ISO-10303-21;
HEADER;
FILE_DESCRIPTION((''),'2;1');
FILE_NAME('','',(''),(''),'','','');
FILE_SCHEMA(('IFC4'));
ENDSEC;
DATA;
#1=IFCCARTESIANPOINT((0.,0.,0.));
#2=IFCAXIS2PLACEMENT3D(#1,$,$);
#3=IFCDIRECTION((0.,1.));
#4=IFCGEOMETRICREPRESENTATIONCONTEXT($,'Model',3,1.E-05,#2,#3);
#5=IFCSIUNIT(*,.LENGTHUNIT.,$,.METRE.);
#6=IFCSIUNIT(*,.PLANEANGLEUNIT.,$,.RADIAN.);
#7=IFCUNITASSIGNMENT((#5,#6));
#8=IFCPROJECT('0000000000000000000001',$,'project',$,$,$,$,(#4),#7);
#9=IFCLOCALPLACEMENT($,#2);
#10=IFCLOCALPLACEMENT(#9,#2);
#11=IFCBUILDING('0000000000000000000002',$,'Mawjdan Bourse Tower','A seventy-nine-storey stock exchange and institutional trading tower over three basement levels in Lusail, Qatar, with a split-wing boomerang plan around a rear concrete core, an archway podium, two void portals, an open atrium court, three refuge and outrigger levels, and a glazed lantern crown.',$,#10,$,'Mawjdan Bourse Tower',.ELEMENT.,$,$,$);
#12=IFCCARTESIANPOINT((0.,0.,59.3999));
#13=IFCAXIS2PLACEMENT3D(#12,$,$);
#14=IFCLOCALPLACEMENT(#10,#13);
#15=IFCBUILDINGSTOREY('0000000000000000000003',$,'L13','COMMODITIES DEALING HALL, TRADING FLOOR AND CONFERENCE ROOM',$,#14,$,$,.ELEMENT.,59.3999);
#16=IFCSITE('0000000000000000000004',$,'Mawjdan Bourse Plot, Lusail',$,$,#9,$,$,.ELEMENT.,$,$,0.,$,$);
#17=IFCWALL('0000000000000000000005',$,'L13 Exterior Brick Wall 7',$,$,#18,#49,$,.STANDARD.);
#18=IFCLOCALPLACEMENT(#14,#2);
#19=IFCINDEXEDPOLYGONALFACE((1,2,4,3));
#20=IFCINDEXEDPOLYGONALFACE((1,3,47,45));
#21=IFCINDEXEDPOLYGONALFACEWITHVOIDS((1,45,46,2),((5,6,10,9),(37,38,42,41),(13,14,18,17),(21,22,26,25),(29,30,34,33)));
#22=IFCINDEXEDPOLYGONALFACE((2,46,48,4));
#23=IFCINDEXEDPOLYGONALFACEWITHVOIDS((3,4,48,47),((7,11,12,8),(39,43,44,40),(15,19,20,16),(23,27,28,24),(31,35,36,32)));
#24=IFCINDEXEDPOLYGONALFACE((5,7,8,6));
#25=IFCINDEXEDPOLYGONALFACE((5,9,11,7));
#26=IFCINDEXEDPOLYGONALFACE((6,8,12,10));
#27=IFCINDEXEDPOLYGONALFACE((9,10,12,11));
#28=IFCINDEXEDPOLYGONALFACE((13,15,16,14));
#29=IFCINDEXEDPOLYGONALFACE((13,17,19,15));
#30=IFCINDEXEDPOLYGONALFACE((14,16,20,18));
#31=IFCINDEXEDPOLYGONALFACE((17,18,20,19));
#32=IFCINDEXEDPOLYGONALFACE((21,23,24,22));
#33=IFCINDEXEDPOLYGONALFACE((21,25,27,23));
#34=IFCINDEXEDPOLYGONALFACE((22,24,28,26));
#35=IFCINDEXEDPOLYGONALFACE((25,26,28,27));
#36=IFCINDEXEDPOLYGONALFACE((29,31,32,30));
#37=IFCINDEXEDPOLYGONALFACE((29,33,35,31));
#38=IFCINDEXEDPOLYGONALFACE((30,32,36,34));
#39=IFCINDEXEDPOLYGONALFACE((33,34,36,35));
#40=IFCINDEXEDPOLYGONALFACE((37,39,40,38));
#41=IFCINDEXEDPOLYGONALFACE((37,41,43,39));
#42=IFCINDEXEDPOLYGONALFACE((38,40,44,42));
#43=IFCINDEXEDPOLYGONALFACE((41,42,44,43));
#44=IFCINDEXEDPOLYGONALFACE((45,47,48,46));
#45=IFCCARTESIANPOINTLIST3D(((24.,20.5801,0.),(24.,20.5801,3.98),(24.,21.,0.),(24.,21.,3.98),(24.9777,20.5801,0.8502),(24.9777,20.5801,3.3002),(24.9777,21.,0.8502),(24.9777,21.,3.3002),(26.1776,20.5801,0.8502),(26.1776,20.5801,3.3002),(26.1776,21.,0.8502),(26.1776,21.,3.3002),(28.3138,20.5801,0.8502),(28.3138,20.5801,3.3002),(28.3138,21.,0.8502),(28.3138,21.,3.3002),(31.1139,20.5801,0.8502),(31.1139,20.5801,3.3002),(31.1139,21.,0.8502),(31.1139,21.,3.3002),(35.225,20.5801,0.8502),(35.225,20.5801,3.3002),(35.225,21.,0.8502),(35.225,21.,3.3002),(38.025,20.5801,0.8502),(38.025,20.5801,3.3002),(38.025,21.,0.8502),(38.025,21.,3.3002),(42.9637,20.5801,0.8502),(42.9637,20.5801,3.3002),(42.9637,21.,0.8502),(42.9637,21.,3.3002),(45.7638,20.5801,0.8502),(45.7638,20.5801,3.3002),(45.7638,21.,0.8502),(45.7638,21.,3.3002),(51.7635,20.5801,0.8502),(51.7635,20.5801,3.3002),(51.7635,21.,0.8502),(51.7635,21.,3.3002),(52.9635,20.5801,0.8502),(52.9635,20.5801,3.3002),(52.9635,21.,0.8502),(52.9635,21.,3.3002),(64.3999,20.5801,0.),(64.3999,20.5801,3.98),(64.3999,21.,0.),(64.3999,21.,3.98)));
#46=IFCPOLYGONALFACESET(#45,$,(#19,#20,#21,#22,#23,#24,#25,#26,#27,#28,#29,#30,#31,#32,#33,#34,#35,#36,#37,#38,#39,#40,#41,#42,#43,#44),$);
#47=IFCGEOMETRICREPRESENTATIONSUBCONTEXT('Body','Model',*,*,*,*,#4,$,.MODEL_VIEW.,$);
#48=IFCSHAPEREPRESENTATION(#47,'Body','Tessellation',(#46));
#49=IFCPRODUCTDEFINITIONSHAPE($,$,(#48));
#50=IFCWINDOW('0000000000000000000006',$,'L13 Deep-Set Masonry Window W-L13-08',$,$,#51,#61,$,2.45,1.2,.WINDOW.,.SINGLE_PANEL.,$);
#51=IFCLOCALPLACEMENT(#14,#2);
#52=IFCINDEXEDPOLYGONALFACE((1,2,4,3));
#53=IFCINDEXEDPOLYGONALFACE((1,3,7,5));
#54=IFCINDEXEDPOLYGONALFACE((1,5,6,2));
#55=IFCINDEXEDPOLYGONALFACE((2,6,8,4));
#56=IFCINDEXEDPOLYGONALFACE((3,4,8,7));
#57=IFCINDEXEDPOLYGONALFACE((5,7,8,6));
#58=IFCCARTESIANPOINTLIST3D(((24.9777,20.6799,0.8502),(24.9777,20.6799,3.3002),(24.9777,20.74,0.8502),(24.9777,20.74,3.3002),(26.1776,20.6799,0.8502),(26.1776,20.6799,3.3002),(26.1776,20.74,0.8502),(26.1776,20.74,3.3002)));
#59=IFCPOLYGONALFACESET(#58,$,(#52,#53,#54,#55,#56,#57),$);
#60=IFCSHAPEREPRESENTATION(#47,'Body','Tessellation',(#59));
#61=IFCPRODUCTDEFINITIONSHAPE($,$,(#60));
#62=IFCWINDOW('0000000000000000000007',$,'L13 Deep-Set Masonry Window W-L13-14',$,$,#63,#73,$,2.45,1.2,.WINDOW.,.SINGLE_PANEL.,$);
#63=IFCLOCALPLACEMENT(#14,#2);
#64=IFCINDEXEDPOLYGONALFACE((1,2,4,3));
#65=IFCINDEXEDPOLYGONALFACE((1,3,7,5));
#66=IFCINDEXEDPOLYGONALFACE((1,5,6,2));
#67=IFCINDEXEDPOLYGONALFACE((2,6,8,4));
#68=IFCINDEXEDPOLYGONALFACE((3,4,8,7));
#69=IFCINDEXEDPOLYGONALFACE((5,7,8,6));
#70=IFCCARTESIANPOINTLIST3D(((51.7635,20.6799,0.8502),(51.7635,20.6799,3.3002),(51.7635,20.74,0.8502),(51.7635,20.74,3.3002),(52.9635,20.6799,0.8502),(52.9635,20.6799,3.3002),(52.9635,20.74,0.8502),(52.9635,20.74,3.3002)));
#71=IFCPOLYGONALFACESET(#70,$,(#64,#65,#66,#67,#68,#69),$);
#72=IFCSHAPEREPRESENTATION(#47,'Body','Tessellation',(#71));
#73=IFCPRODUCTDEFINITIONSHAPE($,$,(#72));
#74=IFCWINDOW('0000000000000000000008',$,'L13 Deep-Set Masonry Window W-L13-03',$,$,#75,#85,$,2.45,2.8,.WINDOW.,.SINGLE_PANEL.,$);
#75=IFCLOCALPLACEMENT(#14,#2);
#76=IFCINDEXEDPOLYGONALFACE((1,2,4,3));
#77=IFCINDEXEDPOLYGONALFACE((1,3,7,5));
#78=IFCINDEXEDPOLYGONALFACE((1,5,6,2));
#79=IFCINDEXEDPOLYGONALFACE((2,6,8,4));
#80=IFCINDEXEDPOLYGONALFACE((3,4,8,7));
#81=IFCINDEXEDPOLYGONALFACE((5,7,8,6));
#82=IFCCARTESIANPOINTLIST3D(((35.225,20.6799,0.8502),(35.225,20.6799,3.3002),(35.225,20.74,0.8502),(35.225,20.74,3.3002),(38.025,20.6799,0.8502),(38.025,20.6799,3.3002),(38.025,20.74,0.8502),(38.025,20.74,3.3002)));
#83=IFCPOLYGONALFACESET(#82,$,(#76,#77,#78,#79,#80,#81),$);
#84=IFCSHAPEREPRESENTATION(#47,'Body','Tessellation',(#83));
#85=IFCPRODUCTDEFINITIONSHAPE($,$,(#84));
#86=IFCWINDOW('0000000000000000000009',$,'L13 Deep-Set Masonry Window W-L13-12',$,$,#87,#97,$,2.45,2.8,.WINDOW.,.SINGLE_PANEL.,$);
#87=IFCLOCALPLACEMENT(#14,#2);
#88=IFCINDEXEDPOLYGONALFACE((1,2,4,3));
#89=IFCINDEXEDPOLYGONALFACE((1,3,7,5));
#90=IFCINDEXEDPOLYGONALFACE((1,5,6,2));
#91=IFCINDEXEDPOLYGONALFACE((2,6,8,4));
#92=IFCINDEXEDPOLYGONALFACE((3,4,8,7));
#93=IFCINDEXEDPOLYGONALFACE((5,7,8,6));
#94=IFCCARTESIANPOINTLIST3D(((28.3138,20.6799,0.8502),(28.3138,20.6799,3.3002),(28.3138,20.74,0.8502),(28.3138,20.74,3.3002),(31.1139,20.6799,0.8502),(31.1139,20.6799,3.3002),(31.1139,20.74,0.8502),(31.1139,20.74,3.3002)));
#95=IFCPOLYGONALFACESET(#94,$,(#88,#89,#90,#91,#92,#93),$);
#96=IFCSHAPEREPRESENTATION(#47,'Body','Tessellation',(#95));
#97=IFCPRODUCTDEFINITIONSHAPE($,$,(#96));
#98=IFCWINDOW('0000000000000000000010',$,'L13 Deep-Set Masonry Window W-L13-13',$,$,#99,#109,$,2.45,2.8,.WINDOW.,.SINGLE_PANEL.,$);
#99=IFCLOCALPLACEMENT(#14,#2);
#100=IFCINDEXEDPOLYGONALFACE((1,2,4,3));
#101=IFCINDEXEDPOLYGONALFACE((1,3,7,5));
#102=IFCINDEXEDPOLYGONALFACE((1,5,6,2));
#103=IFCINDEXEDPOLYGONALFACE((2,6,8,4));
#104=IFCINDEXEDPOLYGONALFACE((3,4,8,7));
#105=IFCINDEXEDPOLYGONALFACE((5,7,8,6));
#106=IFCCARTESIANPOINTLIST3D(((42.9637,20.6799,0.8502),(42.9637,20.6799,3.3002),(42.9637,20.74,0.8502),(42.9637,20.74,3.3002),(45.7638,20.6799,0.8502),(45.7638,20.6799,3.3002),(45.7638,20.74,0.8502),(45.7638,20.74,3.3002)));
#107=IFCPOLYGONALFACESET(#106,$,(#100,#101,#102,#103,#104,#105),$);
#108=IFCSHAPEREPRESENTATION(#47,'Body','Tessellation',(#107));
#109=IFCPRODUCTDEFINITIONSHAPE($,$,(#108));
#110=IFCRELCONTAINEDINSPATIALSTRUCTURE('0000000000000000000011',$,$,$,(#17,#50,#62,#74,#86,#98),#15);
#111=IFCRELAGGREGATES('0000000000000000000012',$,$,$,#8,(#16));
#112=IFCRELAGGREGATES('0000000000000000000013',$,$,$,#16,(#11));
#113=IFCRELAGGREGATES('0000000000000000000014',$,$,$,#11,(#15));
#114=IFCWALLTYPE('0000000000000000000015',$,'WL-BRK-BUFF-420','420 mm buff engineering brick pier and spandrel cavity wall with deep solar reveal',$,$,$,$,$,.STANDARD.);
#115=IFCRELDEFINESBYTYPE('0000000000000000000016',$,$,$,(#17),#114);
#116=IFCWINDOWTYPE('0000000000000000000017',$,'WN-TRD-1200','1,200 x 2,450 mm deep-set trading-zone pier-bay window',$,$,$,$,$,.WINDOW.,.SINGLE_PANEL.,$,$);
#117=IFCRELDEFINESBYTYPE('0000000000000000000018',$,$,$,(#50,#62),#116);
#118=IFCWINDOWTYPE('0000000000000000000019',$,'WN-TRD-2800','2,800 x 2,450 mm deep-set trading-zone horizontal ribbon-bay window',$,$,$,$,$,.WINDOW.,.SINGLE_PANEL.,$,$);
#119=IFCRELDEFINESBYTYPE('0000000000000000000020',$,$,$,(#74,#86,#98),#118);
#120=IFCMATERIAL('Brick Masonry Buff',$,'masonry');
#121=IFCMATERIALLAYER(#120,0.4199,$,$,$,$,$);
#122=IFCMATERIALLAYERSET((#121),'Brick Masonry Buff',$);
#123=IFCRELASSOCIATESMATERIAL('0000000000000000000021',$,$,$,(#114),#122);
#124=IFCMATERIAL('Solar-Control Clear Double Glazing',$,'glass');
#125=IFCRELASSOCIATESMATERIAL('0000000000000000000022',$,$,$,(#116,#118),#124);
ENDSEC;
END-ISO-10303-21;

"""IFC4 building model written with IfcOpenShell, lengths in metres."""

from ifc_helpers import new_model, si_unit, direction, frame, frame_2d, origin, place, context, subcontext, project, spatial, rectangle, extrude, material, layer, layer_set, type_object, element, fill, save


model = new_model("IFC4")

# Units and contexts
model_context = context("Model", 3, precision=1e-05, world=origin(), true_north=direction((0.0, 1.0)))
body_context = subcontext(model_context, "Body", "Model", "MODEL_VIEW")
ifc_project = project(units=[si_unit("LENGTHUNIT", "METRE"), si_unit("PLANEANGLEUNIT", "RADIAN")], contexts=[model_context])

# Site, building, storey
site_placement = place(None, origin())
site = spatial("IfcSite", under=ifc_project, at=site_placement, Name="Mawjdan Bourse Plot, Lusail", CompositionType="ELEMENT", RefElevation=0.0)
building_placement = place(site_placement, origin())
building = spatial("IfcBuilding", under=site, at=building_placement, Name="Mawjdan Bourse Tower", Description="A seventy-nine-storey stock exchange and institutional trading tower over three basement levels in Lusail, Qatar, with a split-wing boomerang plan around a rear concrete core, an archway podium, two void portals, an open atrium court, three refuge and outrigger levels, and a glazed lantern crown.", LongName="Mawjdan Bourse Tower", CompositionType="ELEMENT")
storey_placement = place(building_placement, frame((0.0, 0.0, 59.3999)))
storey = spatial("IfcBuildingStorey", under=building, at=storey_placement, Name="L13", Description="COMMODITIES DEALING HALL, TRADING FLOOR AND CONFERENCE ROOM", CompositionType="ELEMENT", Elevation=59.3999)

# Shared definitions
ifc_material_1 = material(Name="Brick Masonry Buff", Category="masonry")
ifc_layer = layer(ifc_material_1, 0.4199)
ifc_layer_set = layer_set([ifc_layer], Name="Brick Masonry Buff")
wall_type = type_object("IfcWallType", Name="WL-BRK-BUFF-420", Description="420 mm buff engineering brick pier and spandrel cavity wall with deep solar reveal", PredefinedType="STANDARD", material=ifc_layer_set)

# Wall, openings, windows
wall_placement = place(storey_placement, frame((64.3999, 20.79, 0.0), z_axis=(0.0, 0.0, 1.0), x_axis=(-1.0, 0.0, 0.0)))
wall = element("IfcWall", 1, at=wall_placement, inside=storey, type_object=wall_type, Name="L13 Exterior Brick Wall 7", PredefinedType="STANDARD", context=body_context, shape_type="SweptSolid", body=[
    extrude(rectangle(XDim=40.3999, YDim=0.4199, at=frame_2d((20.2, 0.0))), origin(), (0.0, 0.0, 1.0), 3.98),
])
opening_1_placement = place(wall_placement, frame((26.375, 0.0, 0.8501)))
opening_1 = element("IfcOpeningElement", 2, at=opening_1_placement, cuts=wall, PredefinedType="OPENING", context=body_context, shape_type="SweptSolid", body=[
    extrude(rectangle(XDim=2.8, YDim=2.45, at=frame_2d((1.3999, 1.2251))), frame((0.0, 0.22, 0.0), z_axis=(0.0, -1.0, 0.0), x_axis=(1.0, 0.0, 0.0)), (0.0, 0.0, 1.0), 0.4399),
])
opening_2_placement = place(wall_placement, frame((38.2222, 0.0, 0.8501)))
opening_2 = element("IfcOpeningElement", 3, at=opening_2_placement, cuts=wall, PredefinedType="OPENING", context=body_context, shape_type="SweptSolid", body=[
    extrude(rectangle(XDim=1.2, YDim=2.45, at=frame_2d((0.6001, 1.2251))), frame((0.0, 0.22, 0.0), z_axis=(0.0, -1.0, 0.0), x_axis=(1.0, 0.0, 0.0)), (0.0, 0.0, 1.0), 0.4399),
])
opening_3_placement = place(wall_placement, frame((33.2861, 0.0, 0.8501)))
opening_3 = element("IfcOpeningElement", 4, at=opening_3_placement, cuts=wall, PredefinedType="OPENING", context=body_context, shape_type="SweptSolid", body=[
    extrude(rectangle(XDim=2.8, YDim=2.45, at=frame_2d((1.3999, 1.2251))), frame((0.0, 0.22, 0.0), z_axis=(0.0, -1.0, 0.0), x_axis=(1.0, 0.0, 0.0)), (0.0, 0.0, 1.0), 0.4399),
])
opening_4_placement = place(wall_placement, frame((18.6362, 0.0, 0.8501)))
opening_4 = element("IfcOpeningElement", 5, at=opening_4_placement, cuts=wall, PredefinedType="OPENING", context=body_context, shape_type="SweptSolid", body=[
    extrude(rectangle(XDim=2.8, YDim=2.45, at=frame_2d((1.3999, 1.2251))), frame((0.0, 0.22, 0.0), z_axis=(0.0, -1.0, 0.0), x_axis=(1.0, 0.0, 0.0)), (0.0, 0.0, 1.0), 0.4399),
])
opening_5_placement = place(wall_placement, frame((11.4363, 0.0, 0.8501)))
opening_5 = element("IfcOpeningElement", 6, at=opening_5_placement, cuts=wall, PredefinedType="OPENING", context=body_context, shape_type="SweptSolid", body=[
    extrude(rectangle(XDim=1.2, YDim=2.45, at=frame_2d((0.6001, 1.2251))), frame((0.0, 0.22, 0.0), z_axis=(0.0, -1.0, 0.0), x_axis=(1.0, 0.0, 0.0)), (0.0, 0.0, 1.0), 0.4399),
])
ifc_material_2 = material(Name="Solar-Control Clear Double Glazing", Category="glass")
window_type_1 = type_object("IfcWindowType", Name="WN-TRD-1200", Description="1,200 x 2,450 mm deep-set trading-zone pier-bay window", PartitioningType="SINGLE_PANEL", PredefinedType="WINDOW", material=ifc_material_2)
window_1_placement = place(opening_2_placement, origin())
window_1 = element("IfcWindow", 7, at=window_1_placement, inside=storey, type_object=window_type_1, Name="L13 Deep-Set Masonry Window W-L13-08", OverallHeight=2.45, OverallWidth=1.2, PartitioningType="SINGLE_PANEL", PredefinedType="WINDOW", context=body_context, shape_type="SweptSolid", body=[
    extrude(rectangle(XDim=1.2, YDim=2.45, at=frame_2d((0.6001, 1.2251))), frame((0.0, 0.1101, 0.0), z_axis=(0.0, -1.0, 0.0), x_axis=(1.0, 0.0, 0.0)), (0.0, 0.0, 1.0), 0.0601),
])
fill(opening_2, window_1)
window_2_placement = place(opening_5_placement, origin())
window_2 = element("IfcWindow", 8, at=window_2_placement, inside=storey, type_object=window_type_1, Name="L13 Deep-Set Masonry Window W-L13-14", OverallHeight=2.45, OverallWidth=1.2, PartitioningType="SINGLE_PANEL", PredefinedType="WINDOW", context=body_context, shape_type="SweptSolid", body=[
    extrude(rectangle(XDim=1.2, YDim=2.45, at=frame_2d((0.6001, 1.2251))), frame((0.0, 0.1101, 0.0), z_axis=(0.0, -1.0, 0.0), x_axis=(1.0, 0.0, 0.0)), (0.0, 0.0, 1.0), 0.0601),
])
fill(opening_5, window_2)
window_type_2 = type_object("IfcWindowType", Name="WN-TRD-2800", Description="2,800 x 2,450 mm deep-set trading-zone horizontal ribbon-bay window", PartitioningType="SINGLE_PANEL", PredefinedType="WINDOW", material=ifc_material_2)
window_3_placement = place(opening_1_placement, origin())
window_3 = element("IfcWindow", 9, at=window_3_placement, inside=storey, type_object=window_type_2, Name="L13 Deep-Set Masonry Window W-L13-03", OverallHeight=2.45, OverallWidth=2.8, PartitioningType="SINGLE_PANEL", PredefinedType="WINDOW", context=body_context, shape_type="SweptSolid", body=[
    extrude(rectangle(XDim=2.8, YDim=2.45, at=frame_2d((1.3999, 1.2251))), frame((0.0, 0.1101, 0.0), z_axis=(0.0, -1.0, 0.0), x_axis=(1.0, 0.0, 0.0)), (0.0, 0.0, 1.0), 0.0601),
])
fill(opening_1, window_3)
window_4_placement = place(opening_3_placement, origin())
window_4 = element("IfcWindow", 10, at=window_4_placement, inside=storey, type_object=window_type_2, Name="L13 Deep-Set Masonry Window W-L13-12", OverallHeight=2.45, OverallWidth=2.8, PartitioningType="SINGLE_PANEL", PredefinedType="WINDOW", context=body_context, shape_type="SweptSolid", body=[
    extrude(rectangle(XDim=2.8, YDim=2.45, at=frame_2d((1.3999, 1.2251))), frame((0.0, 0.1101, 0.0), z_axis=(0.0, -1.0, 0.0), x_axis=(1.0, 0.0, 0.0)), (0.0, 0.0, 1.0), 0.0601),
])
fill(opening_3, window_4)
window_5_placement = place(opening_4_placement, origin())
window_5 = element("IfcWindow", 11, at=window_5_placement, inside=storey, type_object=window_type_2, Name="L13 Deep-Set Masonry Window W-L13-13", OverallHeight=2.45, OverallWidth=2.8, PartitioningType="SINGLE_PANEL", PredefinedType="WINDOW", context=body_context, shape_type="SweptSolid", body=[
    extrude(rectangle(XDim=2.8, YDim=2.45, at=frame_2d((1.3999, 1.2251))), frame((0.0, 0.1101, 0.0), z_axis=(0.0, -1.0, 0.0), x_axis=(1.0, 0.0, 0.0)), (0.0, 0.0, 1.0), 0.0601),
])
fill(opening_4, window_5)

save(model, "model.ifc")
